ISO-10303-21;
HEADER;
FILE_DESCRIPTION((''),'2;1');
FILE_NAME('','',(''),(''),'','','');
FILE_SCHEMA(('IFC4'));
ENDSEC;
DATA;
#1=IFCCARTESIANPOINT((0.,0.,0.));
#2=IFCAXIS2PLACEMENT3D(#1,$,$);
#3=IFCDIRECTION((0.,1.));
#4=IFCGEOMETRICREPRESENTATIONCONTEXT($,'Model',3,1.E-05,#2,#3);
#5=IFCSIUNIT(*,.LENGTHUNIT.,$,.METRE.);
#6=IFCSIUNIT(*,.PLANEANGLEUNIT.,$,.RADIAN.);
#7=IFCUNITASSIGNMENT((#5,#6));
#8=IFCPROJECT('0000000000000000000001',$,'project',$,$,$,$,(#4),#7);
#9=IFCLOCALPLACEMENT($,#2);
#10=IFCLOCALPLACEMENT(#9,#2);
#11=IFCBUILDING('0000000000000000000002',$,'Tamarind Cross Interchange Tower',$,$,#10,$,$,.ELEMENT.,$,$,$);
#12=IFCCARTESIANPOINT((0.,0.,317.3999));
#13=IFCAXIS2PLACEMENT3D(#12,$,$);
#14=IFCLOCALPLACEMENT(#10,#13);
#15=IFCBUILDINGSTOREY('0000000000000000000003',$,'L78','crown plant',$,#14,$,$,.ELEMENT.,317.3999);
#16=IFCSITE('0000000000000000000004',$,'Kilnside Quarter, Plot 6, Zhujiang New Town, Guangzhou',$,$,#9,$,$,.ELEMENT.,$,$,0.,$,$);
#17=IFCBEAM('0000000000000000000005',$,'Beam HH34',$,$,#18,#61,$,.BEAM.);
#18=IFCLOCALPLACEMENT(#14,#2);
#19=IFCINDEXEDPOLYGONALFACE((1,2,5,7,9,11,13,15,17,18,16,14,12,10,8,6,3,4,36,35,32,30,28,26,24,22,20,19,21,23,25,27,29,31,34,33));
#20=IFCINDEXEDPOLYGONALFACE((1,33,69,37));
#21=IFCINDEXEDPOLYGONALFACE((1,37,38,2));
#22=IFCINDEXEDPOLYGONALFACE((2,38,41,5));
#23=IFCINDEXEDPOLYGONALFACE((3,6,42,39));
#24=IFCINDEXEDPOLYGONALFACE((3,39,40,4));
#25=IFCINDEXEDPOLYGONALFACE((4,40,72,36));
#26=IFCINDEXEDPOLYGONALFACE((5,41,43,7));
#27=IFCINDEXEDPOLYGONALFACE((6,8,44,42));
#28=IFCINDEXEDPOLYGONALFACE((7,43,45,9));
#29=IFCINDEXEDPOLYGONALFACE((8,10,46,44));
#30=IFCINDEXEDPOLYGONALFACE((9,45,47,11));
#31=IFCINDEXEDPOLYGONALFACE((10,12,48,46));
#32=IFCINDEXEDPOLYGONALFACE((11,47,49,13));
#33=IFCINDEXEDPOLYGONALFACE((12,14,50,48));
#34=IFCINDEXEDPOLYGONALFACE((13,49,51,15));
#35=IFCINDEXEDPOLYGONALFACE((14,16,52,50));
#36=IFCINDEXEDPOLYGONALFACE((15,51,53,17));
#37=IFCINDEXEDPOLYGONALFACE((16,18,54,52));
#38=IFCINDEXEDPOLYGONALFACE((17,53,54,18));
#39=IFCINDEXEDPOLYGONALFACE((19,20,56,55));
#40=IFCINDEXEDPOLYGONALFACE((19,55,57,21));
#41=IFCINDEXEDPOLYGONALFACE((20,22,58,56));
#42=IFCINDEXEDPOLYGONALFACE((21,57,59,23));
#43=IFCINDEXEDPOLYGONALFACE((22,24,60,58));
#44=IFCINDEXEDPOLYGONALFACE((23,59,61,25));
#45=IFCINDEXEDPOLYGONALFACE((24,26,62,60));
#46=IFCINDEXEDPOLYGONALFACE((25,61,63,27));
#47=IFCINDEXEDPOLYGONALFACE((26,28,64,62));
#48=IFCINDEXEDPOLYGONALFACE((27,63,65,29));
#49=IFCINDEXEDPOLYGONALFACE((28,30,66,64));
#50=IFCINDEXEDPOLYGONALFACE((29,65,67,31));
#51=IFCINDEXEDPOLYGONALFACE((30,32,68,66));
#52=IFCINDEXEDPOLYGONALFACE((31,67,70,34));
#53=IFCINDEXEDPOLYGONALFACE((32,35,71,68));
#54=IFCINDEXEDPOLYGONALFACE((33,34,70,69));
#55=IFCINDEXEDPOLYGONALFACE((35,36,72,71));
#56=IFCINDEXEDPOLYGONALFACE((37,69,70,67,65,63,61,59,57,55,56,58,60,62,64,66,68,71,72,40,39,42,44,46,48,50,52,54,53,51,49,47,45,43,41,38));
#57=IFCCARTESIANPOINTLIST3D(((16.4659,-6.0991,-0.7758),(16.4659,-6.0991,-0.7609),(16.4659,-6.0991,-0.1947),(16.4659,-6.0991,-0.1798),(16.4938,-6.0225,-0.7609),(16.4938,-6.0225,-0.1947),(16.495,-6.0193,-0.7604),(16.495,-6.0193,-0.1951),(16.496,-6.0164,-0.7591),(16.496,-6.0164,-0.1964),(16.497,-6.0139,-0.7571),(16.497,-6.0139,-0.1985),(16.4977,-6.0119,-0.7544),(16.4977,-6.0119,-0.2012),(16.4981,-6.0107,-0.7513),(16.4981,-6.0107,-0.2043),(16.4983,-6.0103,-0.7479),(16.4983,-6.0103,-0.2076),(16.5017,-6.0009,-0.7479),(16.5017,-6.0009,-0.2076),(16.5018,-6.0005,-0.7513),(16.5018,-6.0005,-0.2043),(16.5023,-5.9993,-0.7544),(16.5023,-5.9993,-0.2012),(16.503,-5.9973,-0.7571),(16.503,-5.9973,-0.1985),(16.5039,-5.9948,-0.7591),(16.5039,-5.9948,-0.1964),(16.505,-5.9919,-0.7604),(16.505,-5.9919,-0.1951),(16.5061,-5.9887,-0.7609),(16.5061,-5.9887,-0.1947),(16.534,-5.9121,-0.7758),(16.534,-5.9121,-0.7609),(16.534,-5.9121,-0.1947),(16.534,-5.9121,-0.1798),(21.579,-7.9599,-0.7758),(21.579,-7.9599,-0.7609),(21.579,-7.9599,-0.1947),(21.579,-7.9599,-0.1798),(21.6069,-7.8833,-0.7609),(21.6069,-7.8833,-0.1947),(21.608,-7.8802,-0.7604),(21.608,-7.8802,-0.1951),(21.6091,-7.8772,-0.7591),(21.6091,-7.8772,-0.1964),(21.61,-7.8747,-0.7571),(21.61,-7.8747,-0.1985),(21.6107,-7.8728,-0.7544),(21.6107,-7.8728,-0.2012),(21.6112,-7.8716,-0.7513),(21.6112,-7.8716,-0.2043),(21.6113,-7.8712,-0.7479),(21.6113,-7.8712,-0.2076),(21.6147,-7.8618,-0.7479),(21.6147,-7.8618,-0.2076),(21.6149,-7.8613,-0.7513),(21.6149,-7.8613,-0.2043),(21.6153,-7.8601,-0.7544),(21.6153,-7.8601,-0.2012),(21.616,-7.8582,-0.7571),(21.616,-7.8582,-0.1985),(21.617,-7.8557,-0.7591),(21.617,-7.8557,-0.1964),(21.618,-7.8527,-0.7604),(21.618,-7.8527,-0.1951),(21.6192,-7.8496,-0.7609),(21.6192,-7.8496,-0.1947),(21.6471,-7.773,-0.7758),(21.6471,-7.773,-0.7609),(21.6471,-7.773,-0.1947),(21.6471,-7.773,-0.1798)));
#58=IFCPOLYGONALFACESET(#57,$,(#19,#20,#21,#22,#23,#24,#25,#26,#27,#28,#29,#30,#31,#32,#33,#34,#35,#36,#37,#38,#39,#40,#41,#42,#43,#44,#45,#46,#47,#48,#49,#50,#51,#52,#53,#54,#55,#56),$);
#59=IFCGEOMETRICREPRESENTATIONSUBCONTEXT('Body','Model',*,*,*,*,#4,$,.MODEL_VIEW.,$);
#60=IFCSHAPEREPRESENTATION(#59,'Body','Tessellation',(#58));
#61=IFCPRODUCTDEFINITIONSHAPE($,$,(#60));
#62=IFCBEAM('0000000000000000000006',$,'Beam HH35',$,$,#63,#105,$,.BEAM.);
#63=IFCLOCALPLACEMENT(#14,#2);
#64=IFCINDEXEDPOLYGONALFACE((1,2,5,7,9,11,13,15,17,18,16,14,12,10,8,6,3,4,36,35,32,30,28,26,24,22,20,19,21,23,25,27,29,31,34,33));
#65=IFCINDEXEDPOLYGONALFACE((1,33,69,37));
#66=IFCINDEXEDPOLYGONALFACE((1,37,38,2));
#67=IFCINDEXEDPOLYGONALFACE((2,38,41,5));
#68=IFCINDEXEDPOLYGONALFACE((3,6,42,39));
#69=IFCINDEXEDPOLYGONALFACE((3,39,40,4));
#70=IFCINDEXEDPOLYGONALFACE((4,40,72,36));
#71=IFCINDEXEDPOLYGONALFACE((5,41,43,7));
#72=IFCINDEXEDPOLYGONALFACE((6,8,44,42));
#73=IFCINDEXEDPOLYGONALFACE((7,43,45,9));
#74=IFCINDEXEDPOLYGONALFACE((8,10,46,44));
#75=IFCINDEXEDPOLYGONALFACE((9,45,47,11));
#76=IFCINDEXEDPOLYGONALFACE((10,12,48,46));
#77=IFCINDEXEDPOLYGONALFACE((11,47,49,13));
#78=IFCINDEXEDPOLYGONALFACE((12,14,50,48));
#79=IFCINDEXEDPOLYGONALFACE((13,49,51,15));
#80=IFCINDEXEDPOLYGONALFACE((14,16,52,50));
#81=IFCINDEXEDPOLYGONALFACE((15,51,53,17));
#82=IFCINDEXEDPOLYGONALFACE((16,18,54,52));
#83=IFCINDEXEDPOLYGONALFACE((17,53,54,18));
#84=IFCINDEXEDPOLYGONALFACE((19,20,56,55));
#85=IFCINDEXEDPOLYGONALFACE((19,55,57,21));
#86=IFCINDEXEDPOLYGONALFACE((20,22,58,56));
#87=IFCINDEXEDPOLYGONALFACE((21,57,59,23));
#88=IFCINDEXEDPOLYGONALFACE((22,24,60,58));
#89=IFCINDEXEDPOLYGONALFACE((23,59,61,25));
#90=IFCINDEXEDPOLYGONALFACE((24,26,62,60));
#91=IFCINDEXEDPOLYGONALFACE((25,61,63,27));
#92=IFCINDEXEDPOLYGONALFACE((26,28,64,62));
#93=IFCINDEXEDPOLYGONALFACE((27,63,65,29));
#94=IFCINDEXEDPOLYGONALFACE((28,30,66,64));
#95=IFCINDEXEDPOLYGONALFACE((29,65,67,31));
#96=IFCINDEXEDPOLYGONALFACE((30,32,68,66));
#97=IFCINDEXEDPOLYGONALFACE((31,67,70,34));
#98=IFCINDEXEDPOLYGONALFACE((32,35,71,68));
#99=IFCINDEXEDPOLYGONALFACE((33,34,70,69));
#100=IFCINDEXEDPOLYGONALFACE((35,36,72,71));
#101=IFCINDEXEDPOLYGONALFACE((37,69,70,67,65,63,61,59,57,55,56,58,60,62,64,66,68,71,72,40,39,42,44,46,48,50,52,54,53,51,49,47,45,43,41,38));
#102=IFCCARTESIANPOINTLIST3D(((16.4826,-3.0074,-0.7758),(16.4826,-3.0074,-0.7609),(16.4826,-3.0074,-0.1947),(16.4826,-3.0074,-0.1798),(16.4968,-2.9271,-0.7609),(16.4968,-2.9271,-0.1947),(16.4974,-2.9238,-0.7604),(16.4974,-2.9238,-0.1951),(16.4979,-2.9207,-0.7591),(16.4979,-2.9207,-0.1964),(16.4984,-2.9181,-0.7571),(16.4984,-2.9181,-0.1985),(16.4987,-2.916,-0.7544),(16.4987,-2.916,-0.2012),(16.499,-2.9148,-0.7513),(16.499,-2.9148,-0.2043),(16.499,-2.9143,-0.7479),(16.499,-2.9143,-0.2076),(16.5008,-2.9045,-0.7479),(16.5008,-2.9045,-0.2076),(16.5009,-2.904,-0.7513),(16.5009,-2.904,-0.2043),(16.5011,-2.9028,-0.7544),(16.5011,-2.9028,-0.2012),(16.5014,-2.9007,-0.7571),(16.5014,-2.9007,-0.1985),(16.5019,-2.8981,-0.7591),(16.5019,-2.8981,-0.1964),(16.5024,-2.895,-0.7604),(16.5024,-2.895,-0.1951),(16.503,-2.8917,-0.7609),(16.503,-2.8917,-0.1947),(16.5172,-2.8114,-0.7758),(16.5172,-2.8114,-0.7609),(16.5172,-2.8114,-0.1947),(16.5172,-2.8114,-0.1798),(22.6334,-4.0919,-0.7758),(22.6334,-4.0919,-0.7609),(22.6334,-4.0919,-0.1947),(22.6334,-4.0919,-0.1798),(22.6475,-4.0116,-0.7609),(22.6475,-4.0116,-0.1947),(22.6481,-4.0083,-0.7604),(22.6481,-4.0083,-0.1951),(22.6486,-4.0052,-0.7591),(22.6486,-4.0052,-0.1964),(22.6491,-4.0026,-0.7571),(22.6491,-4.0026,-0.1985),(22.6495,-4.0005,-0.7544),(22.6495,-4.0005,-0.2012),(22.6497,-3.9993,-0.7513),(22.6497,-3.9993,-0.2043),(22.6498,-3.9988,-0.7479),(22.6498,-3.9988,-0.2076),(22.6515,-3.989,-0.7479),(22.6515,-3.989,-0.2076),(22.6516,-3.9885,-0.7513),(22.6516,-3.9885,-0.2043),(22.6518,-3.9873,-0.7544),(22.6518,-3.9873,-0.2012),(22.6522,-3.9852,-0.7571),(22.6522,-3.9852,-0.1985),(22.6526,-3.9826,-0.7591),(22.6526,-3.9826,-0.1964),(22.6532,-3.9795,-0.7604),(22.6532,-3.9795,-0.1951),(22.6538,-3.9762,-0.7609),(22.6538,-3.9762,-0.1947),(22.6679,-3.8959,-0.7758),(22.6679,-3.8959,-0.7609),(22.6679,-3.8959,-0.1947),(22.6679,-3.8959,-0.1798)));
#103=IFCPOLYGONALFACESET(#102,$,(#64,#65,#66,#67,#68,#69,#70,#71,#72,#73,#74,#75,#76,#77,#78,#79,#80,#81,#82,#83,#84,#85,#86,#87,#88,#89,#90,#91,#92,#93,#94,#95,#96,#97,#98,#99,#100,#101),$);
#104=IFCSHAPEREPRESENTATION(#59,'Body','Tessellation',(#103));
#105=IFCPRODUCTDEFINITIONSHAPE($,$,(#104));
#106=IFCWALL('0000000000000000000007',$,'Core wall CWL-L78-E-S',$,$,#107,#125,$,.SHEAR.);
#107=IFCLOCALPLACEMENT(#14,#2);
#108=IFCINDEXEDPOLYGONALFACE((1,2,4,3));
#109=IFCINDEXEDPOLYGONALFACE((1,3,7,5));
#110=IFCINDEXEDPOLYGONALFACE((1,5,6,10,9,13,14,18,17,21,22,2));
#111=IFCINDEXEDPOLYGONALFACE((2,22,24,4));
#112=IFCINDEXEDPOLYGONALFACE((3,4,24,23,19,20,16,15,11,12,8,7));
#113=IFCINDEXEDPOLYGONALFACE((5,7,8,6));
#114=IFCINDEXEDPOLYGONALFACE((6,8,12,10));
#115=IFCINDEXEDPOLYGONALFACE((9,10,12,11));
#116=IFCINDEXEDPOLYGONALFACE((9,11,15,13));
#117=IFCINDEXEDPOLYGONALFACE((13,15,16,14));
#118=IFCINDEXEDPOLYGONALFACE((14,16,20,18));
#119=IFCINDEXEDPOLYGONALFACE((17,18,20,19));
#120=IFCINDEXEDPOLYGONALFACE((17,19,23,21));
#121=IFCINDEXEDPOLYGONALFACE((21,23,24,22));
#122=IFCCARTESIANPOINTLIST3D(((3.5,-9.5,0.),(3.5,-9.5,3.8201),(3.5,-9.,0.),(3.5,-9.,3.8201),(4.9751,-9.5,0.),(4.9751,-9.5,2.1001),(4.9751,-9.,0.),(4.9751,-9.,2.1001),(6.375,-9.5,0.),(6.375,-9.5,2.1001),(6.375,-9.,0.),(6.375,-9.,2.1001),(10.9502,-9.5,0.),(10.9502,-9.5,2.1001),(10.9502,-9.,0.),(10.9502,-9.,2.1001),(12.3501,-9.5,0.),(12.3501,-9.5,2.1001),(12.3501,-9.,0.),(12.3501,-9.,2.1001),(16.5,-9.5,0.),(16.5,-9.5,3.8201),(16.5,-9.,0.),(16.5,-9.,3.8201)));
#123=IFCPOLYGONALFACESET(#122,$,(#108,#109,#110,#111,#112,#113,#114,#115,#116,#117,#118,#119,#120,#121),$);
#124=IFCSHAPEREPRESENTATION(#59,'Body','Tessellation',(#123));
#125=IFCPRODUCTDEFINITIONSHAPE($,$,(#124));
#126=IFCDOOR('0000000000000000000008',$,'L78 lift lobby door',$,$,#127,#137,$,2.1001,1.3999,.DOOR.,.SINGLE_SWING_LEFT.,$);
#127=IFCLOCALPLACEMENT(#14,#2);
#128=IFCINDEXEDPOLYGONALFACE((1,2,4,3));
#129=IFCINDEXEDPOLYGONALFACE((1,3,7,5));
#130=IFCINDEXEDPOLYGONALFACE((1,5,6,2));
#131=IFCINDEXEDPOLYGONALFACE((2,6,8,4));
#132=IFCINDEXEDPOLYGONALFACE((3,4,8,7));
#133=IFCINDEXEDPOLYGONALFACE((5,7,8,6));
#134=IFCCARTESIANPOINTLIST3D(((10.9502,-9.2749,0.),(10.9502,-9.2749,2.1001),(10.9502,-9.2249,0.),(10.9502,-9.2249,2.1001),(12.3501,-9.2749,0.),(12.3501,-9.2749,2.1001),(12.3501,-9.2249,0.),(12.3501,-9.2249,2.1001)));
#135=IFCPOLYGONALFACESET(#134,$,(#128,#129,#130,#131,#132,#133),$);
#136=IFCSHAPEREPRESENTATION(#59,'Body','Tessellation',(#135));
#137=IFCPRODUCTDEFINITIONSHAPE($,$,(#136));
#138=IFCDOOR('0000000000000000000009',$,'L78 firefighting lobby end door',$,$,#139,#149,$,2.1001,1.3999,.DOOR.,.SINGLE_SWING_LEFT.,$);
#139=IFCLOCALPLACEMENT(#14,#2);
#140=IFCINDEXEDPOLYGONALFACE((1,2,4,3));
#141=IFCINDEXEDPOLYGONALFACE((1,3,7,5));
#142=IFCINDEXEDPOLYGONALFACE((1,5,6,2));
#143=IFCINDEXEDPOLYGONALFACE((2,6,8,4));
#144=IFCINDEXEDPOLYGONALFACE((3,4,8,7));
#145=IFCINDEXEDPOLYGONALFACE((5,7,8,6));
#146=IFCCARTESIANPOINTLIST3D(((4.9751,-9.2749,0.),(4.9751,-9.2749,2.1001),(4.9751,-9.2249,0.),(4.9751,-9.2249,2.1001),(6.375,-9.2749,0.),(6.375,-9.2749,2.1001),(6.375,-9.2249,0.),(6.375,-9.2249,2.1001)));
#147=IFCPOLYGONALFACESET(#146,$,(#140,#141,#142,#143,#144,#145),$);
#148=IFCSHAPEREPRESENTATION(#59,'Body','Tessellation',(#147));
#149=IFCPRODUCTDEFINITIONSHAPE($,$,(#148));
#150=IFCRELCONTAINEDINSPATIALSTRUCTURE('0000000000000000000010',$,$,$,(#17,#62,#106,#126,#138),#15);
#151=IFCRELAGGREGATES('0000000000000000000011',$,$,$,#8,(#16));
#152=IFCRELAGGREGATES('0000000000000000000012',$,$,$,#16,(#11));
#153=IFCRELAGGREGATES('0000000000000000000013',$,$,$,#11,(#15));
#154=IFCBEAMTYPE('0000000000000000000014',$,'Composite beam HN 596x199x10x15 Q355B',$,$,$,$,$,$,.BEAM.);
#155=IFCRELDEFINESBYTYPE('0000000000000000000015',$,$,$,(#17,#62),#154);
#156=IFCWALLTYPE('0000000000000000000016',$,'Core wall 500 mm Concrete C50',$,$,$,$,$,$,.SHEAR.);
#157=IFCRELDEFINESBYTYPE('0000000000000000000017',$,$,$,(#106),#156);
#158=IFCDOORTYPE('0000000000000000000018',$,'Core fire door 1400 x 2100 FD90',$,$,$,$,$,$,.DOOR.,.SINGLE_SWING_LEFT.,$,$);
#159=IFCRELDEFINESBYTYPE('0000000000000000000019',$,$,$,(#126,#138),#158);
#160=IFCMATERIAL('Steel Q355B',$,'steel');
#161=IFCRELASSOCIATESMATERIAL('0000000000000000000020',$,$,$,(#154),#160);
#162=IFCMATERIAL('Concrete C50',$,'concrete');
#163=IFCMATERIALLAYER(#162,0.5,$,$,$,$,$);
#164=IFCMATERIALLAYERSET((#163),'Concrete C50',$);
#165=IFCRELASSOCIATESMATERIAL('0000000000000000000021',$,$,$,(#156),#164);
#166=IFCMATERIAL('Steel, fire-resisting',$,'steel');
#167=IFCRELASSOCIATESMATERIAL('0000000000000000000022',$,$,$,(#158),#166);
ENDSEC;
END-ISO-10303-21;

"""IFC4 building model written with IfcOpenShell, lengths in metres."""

from ifc_helpers import new_model, si_unit, direction, frame, frame_2d, origin, origin_2d, place, context, subcontext, project, spatial, rectangle, i_section, extrude, material, layer, layer_set, material_profile, profile_set, type_object, element, fill, save


model = new_model("IFC4")

# Units and contexts
model_context = context("Model", 3, precision=1e-05, world=origin(), true_north=direction((0.0, 1.0)))
body_context = subcontext(model_context, "Body", "Model", "MODEL_VIEW")
ifc_project = project(units=[si_unit("LENGTHUNIT", "METRE"), si_unit("PLANEANGLEUNIT", "RADIAN")], contexts=[model_context])

# Site, building, storey
site_placement = place(None, origin())
site = spatial("IfcSite", under=ifc_project, at=site_placement, Name="Kilnside Quarter, Plot 6, Zhujiang New Town, Guangzhou", CompositionType="ELEMENT", RefElevation=0.0)
building_placement = place(site_placement, origin())
building = spatial("IfcBuilding", under=site, at=building_placement, Name="Tamarind Cross Interchange Tower", CompositionType="ELEMENT")
storey_placement = place(building_placement, frame((0.0, 0.0, 317.3999)))
storey = spatial("IfcBuildingStorey", under=building, at=storey_placement, Name="L78", Description="crown plant", CompositionType="ELEMENT", Elevation=317.3999)

# Beams
ifc_material_1 = material(Name="Steel Q355B", Category="steel")
ifc_material_profile_1 = material_profile(ifc_material_1, i_section(OverallWidth=0.199, OverallDepth=0.5959, WebThickness=0.01, FlangeThickness=0.0149, FilletRadius=0.0129, at=origin_2d()), Name="HN 596x199x10x15")
ifc_profile_set_1 = profile_set([ifc_material_profile_1], Name="Steel Q355B")
beam_type = type_object("IfcBeamType", Name="Composite beam HN 596x199x10x15 Q355B", PredefinedType="BEAM", material=ifc_profile_set_1)
beam_1_placement = place(storey_placement, frame((21.613, -7.8665, -0.4778), z_axis=(-0.939702, 0.341995, 0.0), x_axis=(-0.341995, -0.939702, 0.0)))
element("IfcBeam", 1, at=beam_1_placement, inside=storey, type_object=beam_type, Name="Beam HH34", PredefinedType="BEAM", context=body_context, shape_type="SweptSolid", body=[
    extrude(i_section(OverallWidth=0.199, OverallDepth=0.5959, WebThickness=0.01, FlangeThickness=0.0149, FilletRadius=0.0129, at=origin_2d()), origin(), (0.0, 0.0, 1.0), 5.4412),
])
beam_2_placement = place(storey_placement, frame((22.6506, -3.9939, -0.4778), z_axis=(-0.984809, 0.17364, 0.0), x_axis=(-0.17364, -0.984809, 0.0)))
element("IfcBeam", 2, at=beam_2_placement, inside=storey, type_object=beam_type, Name="Beam HH35", PredefinedType="BEAM", context=body_context, shape_type="SweptSolid", body=[
    extrude(i_section(OverallWidth=0.199, OverallDepth=0.5959, WebThickness=0.01, FlangeThickness=0.0149, FilletRadius=0.0129, at=origin_2d()), origin(), (0.0, 0.0, 1.0), 6.2456),
])

# Wall, openings, doors
ifc_material_2 = material(Name="Concrete C50", Category="concrete")
ifc_layer_1 = layer(ifc_material_2, 0.5)
ifc_layer_set_1 = layer_set([ifc_layer_1], Name="Concrete C50")
wall_type_1 = type_object("IfcWallType", Name="Core wall 500 mm Concrete C50", PredefinedType="SHEAR", material=ifc_layer_set_1)
wall_1_placement = place(storey_placement, frame((16.5, -9.25, 0.0), z_axis=(0.0, 0.0, 1.0), x_axis=(-1.0, 0.0, 0.0)))
wall_1 = element("IfcWall", 3, at=wall_1_placement, inside=storey, type_object=wall_type_1, Name="Core wall CWL-L78-E-S", PredefinedType="SHEAR", context=body_context, shape_type="SweptSolid", body=[
    extrude(rectangle(XDim=13.0, YDim=0.5, at=frame_2d((6.5, 0.0))), origin(), (0.0, 0.0, 1.0), 3.8201),
])
opening_1_placement = place(wall_1_placement, frame((4.1499, 0.0, 0.0)))
opening_1 = element("IfcOpeningElement", 4, at=opening_1_placement, cuts=wall_1, PredefinedType="OPENING", context=body_context, shape_type="SweptSolid", body=[
    extrude(rectangle(XDim=1.3999, YDim=2.1001, at=frame_2d((0.7, 1.05))), frame((0.0, 0.26, 0.0), z_axis=(0.0, -1.0, 0.0), x_axis=(1.0, 0.0, 0.0)), (0.0, 0.0, 1.0), 0.52),
])
opening_2_placement = place(wall_1_placement, frame((10.125, 0.0, 0.0)))
opening_2 = element("IfcOpeningElement", 5, at=opening_2_placement, cuts=wall_1, PredefinedType="OPENING", context=body_context, shape_type="SweptSolid", body=[
    extrude(rectangle(XDim=1.3999, YDim=2.1001, at=frame_2d((0.7, 1.05))), frame((0.0, 0.26, 0.0), z_axis=(0.0, -1.0, 0.0), x_axis=(1.0, 0.0, 0.0)), (0.0, 0.0, 1.0), 0.52),
])
ifc_material_3 = material(Name="Steel, fire-resisting", Category="steel")
door_type_1 = type_object("IfcDoorType", Name="Core fire door 1400 x 2100 FD90", OperationType="SINGLE_SWING_LEFT", PredefinedType="DOOR", material=ifc_material_3)
door_1_placement = place(opening_1_placement, origin())
door_1 = element("IfcDoor", 6, at=door_1_placement, inside=storey, type_object=door_type_1, Name="L78 lift lobby door", OperationType="SINGLE_SWING_LEFT", OverallHeight=2.1001, OverallWidth=1.3999, PredefinedType="DOOR", context=body_context, shape_type="SweptSolid", body=[
    extrude(rectangle(XDim=1.3999, YDim=2.1001, at=frame_2d((0.7, 1.05))), frame((0.0, 0.0249, 0.0), z_axis=(0.0, -1.0, 0.0), x_axis=(1.0, 0.0, 0.0)), (0.0, 0.0, 1.0), 0.05),
])
fill(opening_1, door_1)
door_2_placement = place(opening_2_placement, origin())
door_2 = element("IfcDoor", 7, at=door_2_placement, inside=storey, type_object=door_type_1, Name="L78 firefighting lobby end door", OperationType="SINGLE_SWING_LEFT", OverallHeight=2.1001, OverallWidth=1.3999, PredefinedType="DOOR", context=body_context, shape_type="SweptSolid", body=[
    extrude(rectangle(XDim=1.3999, YDim=2.1001, at=frame_2d((0.7, 1.05))), frame((0.0, 0.0249, 0.0), z_axis=(0.0, -1.0, 0.0), x_axis=(1.0, 0.0, 0.0)), (0.0, 0.0, 1.0), 0.05),
])
fill(opening_2, door_2)

save(model, "model.ifc")
